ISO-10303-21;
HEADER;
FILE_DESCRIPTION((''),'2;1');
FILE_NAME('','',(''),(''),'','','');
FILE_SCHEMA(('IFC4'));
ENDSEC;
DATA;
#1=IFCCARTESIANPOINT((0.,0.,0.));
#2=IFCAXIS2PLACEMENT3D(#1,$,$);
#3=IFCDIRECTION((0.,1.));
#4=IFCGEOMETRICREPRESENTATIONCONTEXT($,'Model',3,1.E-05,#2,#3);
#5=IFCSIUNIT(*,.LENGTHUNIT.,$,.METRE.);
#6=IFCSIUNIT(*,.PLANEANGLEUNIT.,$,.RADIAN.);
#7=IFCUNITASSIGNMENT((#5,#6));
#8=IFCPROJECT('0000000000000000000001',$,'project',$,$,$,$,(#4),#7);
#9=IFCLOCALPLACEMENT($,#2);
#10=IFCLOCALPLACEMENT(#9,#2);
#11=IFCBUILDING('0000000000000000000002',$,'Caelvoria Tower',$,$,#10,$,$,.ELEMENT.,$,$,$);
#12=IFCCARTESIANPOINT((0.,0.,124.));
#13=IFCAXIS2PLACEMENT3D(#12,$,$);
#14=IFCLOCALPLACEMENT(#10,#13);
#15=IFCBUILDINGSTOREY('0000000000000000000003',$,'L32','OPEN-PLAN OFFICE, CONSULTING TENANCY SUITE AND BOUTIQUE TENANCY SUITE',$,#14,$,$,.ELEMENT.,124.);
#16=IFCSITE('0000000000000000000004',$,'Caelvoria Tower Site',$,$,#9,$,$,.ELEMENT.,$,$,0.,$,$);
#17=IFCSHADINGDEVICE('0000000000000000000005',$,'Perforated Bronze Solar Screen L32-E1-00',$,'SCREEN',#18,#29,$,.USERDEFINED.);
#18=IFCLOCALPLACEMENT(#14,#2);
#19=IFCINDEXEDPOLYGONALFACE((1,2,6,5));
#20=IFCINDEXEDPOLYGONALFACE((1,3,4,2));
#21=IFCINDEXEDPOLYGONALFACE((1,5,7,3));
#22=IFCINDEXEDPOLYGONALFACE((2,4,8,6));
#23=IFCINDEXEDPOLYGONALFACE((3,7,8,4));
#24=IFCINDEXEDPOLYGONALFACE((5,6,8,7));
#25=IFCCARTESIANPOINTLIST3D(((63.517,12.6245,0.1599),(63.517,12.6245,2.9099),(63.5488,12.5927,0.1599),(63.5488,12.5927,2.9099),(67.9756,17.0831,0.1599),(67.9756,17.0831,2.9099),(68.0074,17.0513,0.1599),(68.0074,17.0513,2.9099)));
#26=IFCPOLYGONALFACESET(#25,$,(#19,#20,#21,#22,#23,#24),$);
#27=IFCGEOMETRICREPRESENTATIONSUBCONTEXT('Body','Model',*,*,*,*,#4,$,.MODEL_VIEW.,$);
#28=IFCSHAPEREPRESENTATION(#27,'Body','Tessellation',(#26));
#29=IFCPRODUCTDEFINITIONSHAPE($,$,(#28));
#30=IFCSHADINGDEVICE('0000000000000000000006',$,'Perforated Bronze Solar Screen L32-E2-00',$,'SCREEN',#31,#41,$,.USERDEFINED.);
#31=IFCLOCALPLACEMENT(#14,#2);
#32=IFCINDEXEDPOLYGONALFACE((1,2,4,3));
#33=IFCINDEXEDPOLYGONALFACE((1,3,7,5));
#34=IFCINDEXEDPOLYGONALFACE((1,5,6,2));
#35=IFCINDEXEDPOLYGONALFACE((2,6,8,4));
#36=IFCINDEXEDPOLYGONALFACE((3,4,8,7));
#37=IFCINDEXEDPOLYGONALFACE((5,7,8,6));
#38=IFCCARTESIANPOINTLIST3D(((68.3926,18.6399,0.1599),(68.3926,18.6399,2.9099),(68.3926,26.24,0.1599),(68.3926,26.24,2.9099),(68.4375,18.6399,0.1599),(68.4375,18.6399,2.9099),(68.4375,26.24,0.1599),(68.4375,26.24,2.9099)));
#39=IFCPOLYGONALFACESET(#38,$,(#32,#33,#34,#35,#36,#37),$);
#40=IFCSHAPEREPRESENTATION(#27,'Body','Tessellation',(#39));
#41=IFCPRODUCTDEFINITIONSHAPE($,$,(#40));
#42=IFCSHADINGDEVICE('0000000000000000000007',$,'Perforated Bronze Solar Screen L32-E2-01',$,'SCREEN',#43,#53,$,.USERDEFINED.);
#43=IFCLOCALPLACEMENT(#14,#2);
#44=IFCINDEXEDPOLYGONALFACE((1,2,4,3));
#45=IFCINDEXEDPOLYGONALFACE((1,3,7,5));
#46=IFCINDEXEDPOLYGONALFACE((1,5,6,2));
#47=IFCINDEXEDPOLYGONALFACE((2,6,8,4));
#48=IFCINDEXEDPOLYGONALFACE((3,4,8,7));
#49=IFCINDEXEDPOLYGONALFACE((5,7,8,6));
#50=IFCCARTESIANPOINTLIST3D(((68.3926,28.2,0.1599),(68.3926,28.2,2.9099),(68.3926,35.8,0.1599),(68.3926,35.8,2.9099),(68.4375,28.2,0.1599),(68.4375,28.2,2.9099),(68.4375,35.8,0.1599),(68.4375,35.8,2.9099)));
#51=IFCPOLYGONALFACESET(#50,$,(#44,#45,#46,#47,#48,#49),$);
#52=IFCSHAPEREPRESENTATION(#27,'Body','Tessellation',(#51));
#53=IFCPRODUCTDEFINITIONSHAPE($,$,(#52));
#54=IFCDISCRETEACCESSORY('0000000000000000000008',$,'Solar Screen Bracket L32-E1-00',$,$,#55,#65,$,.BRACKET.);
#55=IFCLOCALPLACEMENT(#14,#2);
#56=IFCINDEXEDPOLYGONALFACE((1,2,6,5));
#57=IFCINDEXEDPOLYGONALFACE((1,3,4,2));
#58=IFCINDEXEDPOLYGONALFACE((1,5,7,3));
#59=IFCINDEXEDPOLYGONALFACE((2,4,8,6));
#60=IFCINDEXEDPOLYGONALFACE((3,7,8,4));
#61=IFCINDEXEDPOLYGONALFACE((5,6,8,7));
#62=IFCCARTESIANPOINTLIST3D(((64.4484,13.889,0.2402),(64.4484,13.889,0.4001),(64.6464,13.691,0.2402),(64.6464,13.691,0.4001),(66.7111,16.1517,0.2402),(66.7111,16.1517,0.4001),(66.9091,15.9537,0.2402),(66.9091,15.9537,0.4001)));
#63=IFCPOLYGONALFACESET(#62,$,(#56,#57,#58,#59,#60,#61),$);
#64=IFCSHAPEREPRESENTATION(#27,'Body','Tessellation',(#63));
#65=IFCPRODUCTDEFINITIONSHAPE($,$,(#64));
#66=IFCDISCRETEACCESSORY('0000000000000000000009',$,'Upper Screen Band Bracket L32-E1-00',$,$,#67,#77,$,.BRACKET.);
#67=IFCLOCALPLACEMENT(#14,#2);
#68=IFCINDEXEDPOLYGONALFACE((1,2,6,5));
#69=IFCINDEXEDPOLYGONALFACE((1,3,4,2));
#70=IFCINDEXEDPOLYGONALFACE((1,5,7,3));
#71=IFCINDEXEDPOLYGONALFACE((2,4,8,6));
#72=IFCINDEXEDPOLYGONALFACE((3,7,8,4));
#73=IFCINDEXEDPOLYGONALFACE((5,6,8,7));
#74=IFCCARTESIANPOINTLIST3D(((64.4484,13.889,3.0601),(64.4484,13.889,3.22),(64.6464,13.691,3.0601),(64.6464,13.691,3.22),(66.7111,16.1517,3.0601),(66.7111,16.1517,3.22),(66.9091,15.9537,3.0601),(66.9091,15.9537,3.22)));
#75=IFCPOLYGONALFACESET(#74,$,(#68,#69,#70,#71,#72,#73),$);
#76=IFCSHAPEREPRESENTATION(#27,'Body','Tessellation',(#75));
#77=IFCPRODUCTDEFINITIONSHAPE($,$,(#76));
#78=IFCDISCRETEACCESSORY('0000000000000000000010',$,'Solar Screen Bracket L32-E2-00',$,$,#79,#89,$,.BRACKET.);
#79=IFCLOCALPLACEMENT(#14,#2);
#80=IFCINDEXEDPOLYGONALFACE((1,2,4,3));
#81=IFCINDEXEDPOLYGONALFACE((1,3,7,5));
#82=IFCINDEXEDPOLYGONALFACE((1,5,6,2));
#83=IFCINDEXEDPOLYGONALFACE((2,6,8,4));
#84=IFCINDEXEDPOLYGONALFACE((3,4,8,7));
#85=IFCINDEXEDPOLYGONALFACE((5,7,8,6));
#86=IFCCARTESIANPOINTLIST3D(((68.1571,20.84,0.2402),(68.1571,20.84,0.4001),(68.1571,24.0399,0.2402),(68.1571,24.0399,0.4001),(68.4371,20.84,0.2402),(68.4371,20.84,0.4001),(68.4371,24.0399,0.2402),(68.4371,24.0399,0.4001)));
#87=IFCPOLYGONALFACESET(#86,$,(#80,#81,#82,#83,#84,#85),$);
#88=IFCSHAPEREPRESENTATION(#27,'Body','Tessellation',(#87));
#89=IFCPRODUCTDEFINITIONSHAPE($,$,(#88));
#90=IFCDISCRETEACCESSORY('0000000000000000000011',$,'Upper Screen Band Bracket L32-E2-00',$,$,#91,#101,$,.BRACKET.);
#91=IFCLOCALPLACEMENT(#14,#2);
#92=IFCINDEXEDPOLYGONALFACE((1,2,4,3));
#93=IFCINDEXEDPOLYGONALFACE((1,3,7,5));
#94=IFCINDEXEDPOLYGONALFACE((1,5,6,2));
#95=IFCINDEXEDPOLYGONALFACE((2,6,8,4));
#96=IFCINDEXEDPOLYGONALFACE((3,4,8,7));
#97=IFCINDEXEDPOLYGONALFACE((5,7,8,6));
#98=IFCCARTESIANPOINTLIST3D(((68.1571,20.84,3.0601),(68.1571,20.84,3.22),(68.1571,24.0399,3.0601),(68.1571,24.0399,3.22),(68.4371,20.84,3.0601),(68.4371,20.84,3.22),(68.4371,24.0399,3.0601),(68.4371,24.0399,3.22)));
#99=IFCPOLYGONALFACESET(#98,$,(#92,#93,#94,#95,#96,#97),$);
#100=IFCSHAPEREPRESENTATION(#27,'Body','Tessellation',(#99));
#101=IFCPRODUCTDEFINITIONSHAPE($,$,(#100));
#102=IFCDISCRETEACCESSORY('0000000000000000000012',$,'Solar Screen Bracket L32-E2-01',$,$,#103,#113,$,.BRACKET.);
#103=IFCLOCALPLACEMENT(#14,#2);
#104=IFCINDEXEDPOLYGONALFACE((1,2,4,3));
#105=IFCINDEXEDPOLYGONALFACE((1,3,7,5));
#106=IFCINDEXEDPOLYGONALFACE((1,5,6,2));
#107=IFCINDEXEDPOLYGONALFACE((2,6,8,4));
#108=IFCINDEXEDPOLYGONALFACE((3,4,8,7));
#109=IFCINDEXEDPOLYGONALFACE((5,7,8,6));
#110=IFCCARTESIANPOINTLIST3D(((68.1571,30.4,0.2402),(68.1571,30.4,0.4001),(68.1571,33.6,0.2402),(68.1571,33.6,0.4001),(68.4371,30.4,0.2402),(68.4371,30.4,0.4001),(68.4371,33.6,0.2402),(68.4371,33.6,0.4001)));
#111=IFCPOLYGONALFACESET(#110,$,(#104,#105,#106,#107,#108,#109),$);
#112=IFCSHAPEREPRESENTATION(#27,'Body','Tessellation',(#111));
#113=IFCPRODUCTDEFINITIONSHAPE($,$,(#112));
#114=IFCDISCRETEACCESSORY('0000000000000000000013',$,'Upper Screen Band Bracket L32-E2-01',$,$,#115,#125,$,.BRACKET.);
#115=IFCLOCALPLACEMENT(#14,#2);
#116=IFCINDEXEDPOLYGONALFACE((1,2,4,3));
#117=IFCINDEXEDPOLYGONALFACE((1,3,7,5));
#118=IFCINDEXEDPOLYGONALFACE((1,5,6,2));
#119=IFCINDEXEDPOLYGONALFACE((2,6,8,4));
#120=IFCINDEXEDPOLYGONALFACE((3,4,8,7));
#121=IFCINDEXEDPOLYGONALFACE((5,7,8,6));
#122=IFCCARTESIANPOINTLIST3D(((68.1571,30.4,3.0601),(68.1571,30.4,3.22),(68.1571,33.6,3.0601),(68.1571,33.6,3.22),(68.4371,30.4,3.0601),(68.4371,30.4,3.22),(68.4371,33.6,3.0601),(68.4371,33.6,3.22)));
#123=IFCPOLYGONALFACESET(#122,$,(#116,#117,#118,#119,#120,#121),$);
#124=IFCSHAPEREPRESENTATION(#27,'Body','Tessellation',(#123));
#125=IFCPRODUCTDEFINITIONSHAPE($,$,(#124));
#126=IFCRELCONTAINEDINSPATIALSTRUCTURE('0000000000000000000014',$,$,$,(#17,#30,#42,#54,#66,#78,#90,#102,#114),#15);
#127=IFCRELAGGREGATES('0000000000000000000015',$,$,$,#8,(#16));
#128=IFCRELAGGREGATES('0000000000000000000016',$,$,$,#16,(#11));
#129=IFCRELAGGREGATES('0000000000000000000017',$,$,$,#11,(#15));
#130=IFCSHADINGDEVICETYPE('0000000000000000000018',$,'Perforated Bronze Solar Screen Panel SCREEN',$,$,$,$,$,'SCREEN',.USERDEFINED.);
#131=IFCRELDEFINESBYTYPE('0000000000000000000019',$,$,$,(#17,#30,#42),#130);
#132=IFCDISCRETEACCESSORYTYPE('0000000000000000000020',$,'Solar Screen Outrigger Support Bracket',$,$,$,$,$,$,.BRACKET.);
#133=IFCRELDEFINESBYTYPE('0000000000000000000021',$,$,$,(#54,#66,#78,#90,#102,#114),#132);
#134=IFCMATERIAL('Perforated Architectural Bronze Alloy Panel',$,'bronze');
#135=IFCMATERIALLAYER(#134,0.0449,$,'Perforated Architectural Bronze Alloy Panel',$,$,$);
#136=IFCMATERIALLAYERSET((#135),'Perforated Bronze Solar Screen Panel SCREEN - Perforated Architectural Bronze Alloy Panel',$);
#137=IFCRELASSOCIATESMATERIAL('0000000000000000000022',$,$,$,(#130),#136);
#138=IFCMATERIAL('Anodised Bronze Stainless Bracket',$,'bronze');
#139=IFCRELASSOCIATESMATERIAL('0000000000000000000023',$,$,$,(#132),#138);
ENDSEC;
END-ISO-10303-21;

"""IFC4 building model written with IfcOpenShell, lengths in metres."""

from ifc_helpers import new_model, si_unit, direction, frame, origin, origin_2d, place, context, subcontext, project, spatial, rectangle, extrude, material, layer, layer_set, type_object, element, save


model = new_model("IFC4")

# Units and contexts
model_context = context("Model", 3, precision=1e-05, world=origin(), true_north=direction((0.0, 1.0)))
body_context = subcontext(model_context, "Body", "Model", "MODEL_VIEW")
ifc_project = project(units=[si_unit("LENGTHUNIT", "METRE"), si_unit("PLANEANGLEUNIT", "RADIAN")], contexts=[model_context])

# Site, building, storey
site_placement = place(None, origin())
site = spatial("IfcSite", under=ifc_project, at=site_placement, Name="Caelvoria Tower Site", CompositionType="ELEMENT", RefElevation=0.0)
building_placement = place(site_placement, origin())
building = spatial("IfcBuilding", under=site, at=building_placement, Name="Caelvoria Tower", CompositionType="ELEMENT")
storey_placement = place(building_placement, frame((0.0, 0.0, 124.0)))
storey = spatial("IfcBuildingStorey", under=building, at=storey_placement, Name="L32", Description="OPEN-PLAN OFFICE, CONSULTING TENANCY SUITE AND BOUTIQUE TENANCY SUITE", CompositionType="ELEMENT", Elevation=124.0)

# Shading devices
ifc_material_1 = material(Name="Perforated Architectural Bronze Alloy Panel", Category="bronze")
ifc_layer_1 = layer(ifc_material_1, 0.0449, Name="Perforated Architectural Bronze Alloy Panel")
ifc_layer_set_1 = layer_set([ifc_layer_1], Name="Perforated Bronze Solar Screen Panel SCREEN - Perforated Architectural Bronze Alloy Panel")
shading_device_type = type_object("IfcShadingDeviceType", Name="Perforated Bronze Solar Screen Panel SCREEN", ElementType="SCREEN", PredefinedType="USERDEFINED", material=ifc_layer_set_1)
shading_device_placement = place(storey_placement, frame((65.7622, 14.8379, 0.1599), z_axis=(0.0, 0.0, 1.0), x_axis=(0.707107, 0.707107, 0.0)))
element("IfcShadingDevice", 1, at=shading_device_placement, inside=storey, type_object=shading_device_type, Name="Perforated Bronze Solar Screen L32-E1-00", ObjectType="SCREEN", PredefinedType="USERDEFINED", context=body_context, shape_type="SweptSolid", body=[
    extrude(rectangle(XDim=6.3054, YDim=0.0449, at=origin_2d()), origin(), (0.0, 0.0, 1.0), 2.75),
])
for number, where, z_axis, x_axis, name in (
    (2, (68.415, 22.4399, 0.1599), (0.0, 0.0, 1.0), (0.0, 1.0, 0.0), "Perforated Bronze Solar Screen L32-E2-00"),
    (3, (68.415, 32.0, 0.1599), (0.0, 0.0, 1.0), (0.0, 1.0, 0.0), "Perforated Bronze Solar Screen L32-E2-01"),
):
    element("IfcShadingDevice", number, at=place(storey_placement, frame(where, z_axis=z_axis, x_axis=x_axis)), inside=storey, type_object=shading_device_type, Name=name, ObjectType="SCREEN", PredefinedType="USERDEFINED", context=body_context, shape_type="SweptSolid", body=[
        extrude(rectangle(XDim=7.6001, YDim=0.0449, at=origin_2d()), origin(), (0.0, 0.0, 1.0), 2.75),
    ])

# Discrete accessories
ifc_material_2 = material(Name="Anodised Bronze Stainless Bracket", Category="bronze")
discrete_accessory_type = type_object("IfcDiscreteAccessoryType", Name="Solar Screen Outrigger Support Bracket", PredefinedType="BRACKET", material=ifc_material_2)
for number, where, z_axis, x_axis, name in (
    (4, (65.6787, 14.9214, 0.2402), (0.0, 0.0, 1.0), (0.707107, 0.707107, 0.0), "Solar Screen Bracket L32-E1-00"),
    (5, (65.6787, 14.9214, 3.0601), (0.0, 0.0, 1.0), (0.707107, 0.707107, 0.0), "Upper Screen Band Bracket L32-E1-00"),
    (6, (68.2971, 22.4399, 0.2402), (0.0, 0.0, 1.0), (0.0, 1.0, 0.0), "Solar Screen Bracket L32-E2-00"),
    (7, (68.2971, 22.4399, 3.0601), (0.0, 0.0, 1.0), (0.0, 1.0, 0.0), "Upper Screen Band Bracket L32-E2-00"),
    (8, (68.2971, 32.0, 0.2402), (0.0, 0.0, 1.0), (0.0, 1.0, 0.0), "Solar Screen Bracket L32-E2-01"),
    (9, (68.2971, 32.0, 3.0601), (0.0, 0.0, 1.0), (0.0, 1.0, 0.0), "Upper Screen Band Bracket L32-E2-01"),
):
    element("IfcDiscreteAccessory", number, at=place(storey_placement, frame(where, z_axis=z_axis, x_axis=x_axis)), inside=storey, type_object=discrete_accessory_type, Name=name, PredefinedType="BRACKET", context=body_context, shape_type="SweptSolid", body=[
        extrude(rectangle(XDim=3.2, YDim=0.28, at=origin_2d()), origin(), (0.0, 0.0, 1.0), 0.1599),
    ])

save(model, "model.ifc")
